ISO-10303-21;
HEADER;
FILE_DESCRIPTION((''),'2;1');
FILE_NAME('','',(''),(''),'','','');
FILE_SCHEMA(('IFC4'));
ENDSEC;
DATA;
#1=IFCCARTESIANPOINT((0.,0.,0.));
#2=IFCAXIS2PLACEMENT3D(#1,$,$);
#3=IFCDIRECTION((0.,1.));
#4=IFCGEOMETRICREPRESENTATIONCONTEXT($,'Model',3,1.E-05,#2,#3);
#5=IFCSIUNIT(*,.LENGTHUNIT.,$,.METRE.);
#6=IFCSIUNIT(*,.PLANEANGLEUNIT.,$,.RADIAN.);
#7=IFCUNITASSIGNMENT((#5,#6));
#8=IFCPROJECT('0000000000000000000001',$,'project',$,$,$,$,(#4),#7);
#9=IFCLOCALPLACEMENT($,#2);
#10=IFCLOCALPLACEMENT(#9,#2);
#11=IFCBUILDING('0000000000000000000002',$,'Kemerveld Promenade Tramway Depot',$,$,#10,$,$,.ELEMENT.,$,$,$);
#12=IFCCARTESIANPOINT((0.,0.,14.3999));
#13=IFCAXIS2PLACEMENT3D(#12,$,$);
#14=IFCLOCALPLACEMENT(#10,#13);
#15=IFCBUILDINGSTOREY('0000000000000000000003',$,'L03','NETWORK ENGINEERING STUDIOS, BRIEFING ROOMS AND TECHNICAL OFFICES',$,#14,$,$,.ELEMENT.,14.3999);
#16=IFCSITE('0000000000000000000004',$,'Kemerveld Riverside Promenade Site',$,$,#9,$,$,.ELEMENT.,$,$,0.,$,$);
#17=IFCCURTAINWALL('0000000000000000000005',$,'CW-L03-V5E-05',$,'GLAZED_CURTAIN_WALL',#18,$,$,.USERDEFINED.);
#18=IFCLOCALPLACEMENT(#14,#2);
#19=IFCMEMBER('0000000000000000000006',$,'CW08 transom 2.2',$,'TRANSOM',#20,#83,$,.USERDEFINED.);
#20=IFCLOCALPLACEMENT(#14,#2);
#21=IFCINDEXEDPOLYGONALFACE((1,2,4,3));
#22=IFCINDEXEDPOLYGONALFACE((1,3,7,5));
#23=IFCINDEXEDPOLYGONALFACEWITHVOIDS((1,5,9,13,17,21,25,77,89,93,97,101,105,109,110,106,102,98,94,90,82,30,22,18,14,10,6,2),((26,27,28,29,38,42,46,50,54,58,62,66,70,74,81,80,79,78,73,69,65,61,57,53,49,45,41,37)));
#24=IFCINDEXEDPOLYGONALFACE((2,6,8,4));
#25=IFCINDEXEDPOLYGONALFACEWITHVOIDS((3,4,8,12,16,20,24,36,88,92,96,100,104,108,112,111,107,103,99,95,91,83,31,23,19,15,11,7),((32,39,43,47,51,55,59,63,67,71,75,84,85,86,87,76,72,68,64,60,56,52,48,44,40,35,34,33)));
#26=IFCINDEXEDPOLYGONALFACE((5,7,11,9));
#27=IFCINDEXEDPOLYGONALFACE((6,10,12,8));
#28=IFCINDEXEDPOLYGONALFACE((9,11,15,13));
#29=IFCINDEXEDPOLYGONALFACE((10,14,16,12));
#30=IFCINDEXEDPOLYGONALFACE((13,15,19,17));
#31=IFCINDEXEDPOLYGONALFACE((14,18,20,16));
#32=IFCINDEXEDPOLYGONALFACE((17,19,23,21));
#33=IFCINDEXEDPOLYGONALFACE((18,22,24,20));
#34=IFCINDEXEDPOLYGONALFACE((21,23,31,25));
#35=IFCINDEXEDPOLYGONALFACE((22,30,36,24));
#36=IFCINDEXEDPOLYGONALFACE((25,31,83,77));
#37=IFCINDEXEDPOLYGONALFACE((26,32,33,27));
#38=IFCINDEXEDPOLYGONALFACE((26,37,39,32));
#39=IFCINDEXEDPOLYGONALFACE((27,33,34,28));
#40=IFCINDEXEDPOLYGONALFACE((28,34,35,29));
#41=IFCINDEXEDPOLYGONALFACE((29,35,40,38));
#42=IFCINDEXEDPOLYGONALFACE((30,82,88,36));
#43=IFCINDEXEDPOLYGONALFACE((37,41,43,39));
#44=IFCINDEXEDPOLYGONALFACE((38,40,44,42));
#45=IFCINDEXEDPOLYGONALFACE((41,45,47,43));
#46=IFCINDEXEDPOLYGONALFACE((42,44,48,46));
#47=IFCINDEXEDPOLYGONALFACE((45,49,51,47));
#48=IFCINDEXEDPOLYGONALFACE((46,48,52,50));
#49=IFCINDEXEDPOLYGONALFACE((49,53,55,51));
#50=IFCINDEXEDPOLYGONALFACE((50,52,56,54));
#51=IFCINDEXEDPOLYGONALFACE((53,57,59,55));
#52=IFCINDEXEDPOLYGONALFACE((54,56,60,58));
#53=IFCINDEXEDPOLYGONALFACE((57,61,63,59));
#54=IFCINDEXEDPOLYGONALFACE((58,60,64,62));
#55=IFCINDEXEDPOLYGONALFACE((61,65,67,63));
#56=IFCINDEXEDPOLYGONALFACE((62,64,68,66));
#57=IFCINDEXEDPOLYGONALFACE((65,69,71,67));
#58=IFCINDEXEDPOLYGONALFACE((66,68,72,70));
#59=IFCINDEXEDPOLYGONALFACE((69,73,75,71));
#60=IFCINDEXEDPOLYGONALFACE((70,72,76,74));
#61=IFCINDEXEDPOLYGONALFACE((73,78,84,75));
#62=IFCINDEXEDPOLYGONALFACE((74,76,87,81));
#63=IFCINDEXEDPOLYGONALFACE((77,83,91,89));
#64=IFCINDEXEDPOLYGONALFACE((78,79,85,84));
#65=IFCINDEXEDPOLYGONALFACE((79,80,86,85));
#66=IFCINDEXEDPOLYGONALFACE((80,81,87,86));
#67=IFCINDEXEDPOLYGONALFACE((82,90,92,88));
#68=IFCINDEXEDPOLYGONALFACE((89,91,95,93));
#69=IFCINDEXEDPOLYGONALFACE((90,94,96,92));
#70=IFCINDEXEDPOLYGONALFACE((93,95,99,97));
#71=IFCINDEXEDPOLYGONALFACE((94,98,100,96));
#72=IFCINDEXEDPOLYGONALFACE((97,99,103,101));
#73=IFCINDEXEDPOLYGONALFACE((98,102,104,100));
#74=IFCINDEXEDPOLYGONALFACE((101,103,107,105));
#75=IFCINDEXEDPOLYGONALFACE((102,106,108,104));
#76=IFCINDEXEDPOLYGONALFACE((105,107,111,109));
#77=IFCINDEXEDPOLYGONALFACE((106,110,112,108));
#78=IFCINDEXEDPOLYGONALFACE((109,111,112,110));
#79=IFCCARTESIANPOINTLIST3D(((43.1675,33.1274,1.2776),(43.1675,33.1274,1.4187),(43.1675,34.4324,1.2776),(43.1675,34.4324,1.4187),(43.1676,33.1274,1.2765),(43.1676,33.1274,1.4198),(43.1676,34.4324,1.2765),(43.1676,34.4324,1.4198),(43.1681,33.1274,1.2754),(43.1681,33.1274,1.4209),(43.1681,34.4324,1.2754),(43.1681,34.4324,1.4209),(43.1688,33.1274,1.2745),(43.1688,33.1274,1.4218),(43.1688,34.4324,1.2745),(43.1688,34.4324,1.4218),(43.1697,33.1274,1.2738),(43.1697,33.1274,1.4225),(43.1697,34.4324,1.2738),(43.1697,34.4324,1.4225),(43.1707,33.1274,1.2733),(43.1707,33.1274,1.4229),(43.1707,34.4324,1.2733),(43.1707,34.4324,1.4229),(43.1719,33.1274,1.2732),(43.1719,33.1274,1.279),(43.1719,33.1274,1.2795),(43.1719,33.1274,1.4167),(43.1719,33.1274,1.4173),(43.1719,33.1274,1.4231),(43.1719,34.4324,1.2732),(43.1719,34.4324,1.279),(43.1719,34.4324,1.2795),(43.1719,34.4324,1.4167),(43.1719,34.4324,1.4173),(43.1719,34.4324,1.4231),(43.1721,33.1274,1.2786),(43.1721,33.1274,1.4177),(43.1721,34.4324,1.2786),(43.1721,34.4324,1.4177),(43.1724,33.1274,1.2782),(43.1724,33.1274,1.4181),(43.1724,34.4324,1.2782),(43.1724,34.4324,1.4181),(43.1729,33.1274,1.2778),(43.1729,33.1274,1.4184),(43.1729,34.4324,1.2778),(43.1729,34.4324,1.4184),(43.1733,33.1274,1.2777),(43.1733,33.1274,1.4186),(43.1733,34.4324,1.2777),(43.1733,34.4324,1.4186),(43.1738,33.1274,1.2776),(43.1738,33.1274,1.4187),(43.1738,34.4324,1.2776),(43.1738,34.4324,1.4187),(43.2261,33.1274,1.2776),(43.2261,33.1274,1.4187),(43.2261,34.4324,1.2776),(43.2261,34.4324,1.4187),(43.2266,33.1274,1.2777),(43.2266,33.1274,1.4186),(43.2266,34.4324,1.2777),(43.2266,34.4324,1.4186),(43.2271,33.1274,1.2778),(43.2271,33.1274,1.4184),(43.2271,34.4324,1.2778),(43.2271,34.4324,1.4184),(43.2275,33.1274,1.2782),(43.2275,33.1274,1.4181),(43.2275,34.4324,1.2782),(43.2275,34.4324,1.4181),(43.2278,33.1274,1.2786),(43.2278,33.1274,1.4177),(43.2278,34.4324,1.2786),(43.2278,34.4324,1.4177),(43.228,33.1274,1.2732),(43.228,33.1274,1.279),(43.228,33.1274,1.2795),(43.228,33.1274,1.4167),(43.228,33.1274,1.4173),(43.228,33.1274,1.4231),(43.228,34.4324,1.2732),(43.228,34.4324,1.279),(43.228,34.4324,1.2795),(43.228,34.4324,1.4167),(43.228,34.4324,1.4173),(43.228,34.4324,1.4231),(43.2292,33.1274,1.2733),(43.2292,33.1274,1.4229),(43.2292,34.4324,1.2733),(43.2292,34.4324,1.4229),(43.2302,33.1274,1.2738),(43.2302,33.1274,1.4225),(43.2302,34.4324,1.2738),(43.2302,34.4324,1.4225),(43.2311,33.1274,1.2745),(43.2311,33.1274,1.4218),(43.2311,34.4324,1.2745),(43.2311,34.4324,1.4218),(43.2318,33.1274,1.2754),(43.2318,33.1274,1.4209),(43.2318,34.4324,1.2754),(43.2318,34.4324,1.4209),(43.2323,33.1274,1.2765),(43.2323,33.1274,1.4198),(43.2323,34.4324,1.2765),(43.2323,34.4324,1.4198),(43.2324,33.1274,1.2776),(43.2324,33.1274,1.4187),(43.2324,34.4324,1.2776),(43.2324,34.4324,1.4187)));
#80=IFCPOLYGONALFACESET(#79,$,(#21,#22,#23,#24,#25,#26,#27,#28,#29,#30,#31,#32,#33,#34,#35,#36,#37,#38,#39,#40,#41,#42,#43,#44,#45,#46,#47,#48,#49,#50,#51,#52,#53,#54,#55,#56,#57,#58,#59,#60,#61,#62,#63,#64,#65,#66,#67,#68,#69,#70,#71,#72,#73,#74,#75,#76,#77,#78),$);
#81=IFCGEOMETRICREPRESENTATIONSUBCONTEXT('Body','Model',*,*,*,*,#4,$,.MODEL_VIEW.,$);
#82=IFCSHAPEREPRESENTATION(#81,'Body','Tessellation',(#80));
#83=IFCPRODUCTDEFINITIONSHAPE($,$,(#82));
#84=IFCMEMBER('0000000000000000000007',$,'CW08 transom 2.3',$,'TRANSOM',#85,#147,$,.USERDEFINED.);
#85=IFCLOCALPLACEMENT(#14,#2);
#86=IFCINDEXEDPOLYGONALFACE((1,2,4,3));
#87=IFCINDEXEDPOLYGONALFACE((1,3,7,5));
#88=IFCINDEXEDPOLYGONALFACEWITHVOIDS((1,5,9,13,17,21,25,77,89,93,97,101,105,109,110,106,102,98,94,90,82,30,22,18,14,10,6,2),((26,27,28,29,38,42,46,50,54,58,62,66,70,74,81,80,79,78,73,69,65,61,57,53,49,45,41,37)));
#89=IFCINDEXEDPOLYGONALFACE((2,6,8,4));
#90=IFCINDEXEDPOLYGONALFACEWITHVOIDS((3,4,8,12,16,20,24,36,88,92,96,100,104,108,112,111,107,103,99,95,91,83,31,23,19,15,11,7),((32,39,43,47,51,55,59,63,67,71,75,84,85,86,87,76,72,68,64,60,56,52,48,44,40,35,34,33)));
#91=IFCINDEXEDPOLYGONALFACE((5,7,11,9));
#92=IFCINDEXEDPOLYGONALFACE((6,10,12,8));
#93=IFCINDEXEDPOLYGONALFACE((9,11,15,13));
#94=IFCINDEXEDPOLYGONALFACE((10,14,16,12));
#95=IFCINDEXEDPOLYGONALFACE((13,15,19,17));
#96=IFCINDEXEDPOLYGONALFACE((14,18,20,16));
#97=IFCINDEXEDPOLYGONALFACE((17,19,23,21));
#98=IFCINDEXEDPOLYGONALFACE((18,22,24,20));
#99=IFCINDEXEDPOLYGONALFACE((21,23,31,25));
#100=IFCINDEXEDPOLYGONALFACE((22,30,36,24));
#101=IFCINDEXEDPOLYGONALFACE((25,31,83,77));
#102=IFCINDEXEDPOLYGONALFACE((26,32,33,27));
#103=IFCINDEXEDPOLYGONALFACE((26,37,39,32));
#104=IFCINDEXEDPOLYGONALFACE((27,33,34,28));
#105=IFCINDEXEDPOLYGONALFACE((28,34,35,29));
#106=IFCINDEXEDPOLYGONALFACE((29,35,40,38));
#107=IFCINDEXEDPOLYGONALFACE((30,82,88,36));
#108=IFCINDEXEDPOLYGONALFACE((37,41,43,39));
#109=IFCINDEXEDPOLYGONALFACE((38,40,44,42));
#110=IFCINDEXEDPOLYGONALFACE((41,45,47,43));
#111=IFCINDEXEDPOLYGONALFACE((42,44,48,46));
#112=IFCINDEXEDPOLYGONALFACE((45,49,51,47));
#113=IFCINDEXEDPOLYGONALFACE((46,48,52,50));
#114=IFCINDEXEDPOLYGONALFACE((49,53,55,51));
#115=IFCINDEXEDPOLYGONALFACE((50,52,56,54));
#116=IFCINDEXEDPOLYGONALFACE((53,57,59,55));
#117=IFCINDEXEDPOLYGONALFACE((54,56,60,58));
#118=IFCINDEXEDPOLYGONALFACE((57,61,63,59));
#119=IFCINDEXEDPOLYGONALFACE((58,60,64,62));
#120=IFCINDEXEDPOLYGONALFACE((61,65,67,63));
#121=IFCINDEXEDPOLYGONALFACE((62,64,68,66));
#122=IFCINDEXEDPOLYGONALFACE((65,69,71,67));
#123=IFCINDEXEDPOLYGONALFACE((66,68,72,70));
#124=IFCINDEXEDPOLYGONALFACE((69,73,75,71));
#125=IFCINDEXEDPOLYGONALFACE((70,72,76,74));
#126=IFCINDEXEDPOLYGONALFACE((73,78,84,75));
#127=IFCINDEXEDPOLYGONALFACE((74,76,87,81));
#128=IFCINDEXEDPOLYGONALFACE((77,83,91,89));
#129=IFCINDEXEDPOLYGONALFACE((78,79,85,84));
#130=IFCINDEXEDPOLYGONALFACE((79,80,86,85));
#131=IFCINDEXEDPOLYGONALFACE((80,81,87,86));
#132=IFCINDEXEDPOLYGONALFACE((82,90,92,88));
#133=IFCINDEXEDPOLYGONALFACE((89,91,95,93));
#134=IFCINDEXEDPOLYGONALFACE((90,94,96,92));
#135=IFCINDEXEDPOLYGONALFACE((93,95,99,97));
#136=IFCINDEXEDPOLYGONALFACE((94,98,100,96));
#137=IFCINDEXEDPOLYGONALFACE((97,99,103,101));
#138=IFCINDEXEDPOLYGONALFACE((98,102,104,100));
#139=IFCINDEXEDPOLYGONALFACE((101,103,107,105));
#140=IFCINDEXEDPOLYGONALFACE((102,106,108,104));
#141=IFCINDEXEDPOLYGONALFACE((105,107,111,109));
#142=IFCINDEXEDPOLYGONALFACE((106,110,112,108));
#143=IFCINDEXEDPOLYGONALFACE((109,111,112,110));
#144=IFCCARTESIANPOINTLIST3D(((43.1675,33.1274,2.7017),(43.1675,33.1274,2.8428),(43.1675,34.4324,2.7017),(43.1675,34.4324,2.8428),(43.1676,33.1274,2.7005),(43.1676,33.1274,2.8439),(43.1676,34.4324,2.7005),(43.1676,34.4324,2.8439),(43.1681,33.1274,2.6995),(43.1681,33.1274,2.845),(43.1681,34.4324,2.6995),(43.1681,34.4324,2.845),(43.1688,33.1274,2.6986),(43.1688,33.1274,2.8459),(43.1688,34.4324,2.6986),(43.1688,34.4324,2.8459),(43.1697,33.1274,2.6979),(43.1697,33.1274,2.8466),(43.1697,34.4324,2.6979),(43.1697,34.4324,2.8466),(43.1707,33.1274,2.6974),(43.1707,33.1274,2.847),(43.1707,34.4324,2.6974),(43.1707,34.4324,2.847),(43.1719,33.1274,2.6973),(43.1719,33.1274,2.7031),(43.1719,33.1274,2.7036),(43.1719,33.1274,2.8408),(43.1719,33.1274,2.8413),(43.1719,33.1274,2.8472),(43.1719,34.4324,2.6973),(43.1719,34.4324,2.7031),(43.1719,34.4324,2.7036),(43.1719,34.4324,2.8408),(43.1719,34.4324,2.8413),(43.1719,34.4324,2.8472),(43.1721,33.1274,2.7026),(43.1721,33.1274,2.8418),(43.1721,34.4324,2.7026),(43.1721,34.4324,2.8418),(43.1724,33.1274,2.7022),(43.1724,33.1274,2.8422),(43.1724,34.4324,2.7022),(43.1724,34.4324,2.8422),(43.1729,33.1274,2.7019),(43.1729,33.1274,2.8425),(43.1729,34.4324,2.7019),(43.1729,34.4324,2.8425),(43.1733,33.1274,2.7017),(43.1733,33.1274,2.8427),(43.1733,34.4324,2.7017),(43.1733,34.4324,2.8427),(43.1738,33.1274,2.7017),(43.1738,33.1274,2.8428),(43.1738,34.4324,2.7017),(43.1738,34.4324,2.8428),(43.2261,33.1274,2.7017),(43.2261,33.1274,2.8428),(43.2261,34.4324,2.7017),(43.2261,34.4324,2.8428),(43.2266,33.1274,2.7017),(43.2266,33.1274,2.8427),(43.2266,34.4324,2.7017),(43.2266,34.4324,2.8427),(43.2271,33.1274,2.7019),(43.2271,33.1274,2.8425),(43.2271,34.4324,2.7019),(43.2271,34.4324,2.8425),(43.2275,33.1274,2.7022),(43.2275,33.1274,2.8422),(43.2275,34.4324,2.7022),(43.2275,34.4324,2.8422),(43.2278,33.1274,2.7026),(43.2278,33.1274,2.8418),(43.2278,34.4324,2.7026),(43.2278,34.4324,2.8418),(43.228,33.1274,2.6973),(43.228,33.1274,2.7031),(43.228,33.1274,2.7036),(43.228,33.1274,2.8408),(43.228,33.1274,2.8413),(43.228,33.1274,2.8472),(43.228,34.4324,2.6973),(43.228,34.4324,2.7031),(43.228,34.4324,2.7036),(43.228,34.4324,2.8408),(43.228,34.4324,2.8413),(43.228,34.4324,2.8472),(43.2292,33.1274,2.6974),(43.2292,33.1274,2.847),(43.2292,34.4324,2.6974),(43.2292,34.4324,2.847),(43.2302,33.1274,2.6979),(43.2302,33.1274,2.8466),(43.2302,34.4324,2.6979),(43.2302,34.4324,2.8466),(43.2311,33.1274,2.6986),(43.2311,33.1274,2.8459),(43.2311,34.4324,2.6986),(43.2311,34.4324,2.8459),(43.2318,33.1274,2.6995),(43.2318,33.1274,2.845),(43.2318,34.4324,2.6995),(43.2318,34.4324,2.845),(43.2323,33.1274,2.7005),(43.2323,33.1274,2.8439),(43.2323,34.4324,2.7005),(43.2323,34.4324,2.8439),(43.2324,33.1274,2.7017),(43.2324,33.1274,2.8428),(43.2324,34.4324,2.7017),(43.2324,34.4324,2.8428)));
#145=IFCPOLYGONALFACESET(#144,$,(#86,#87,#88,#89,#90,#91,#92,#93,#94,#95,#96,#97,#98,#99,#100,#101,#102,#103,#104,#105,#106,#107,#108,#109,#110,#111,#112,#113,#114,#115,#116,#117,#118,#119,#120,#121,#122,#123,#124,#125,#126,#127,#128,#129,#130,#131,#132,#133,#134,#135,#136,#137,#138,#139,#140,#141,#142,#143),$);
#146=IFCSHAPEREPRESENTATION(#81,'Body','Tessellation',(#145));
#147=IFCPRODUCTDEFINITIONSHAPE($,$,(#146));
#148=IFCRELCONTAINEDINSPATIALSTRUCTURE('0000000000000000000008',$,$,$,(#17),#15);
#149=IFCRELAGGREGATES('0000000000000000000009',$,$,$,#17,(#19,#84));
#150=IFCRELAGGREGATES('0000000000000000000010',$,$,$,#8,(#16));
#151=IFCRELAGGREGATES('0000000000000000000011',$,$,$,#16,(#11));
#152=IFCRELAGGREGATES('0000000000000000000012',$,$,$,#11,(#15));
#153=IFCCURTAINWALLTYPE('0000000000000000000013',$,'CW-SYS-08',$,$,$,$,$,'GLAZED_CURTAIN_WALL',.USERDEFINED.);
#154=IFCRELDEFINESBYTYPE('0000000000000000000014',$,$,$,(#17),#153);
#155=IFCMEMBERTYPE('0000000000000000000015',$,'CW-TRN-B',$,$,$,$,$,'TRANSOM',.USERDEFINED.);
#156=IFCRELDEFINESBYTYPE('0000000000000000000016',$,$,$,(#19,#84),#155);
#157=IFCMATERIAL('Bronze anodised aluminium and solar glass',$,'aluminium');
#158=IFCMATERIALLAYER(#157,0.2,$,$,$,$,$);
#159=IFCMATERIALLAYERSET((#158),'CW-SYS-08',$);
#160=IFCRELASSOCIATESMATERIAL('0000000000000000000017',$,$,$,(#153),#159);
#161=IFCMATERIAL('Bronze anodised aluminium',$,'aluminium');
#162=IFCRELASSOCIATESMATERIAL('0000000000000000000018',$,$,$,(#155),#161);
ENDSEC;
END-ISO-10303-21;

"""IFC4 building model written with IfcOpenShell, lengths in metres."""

from ifc_helpers import new_model, si_unit, direction, frame, origin, origin_2d, place, context, subcontext, project, spatial, hollow_rectangle, extrude, material, layer, layer_set, material_profile, profile_set, type_object, element, aggregate, save


model = new_model("IFC4")

# Units and contexts
model_context = context("Model", 3, precision=1e-05, world=origin(), true_north=direction((0.0, 1.0)))
body_context = subcontext(model_context, "Body", "Model", "MODEL_VIEW")
ifc_project = project(units=[si_unit("LENGTHUNIT", "METRE"), si_unit("PLANEANGLEUNIT", "RADIAN")], contexts=[model_context])

# Site, building, storey
site_placement = place(None, origin())
site = spatial("IfcSite", under=ifc_project, at=site_placement, Name="Kemerveld Riverside Promenade Site", CompositionType="ELEMENT", RefElevation=0.0)
building_placement = place(site_placement, origin())
building = spatial("IfcBuilding", under=site, at=building_placement, Name="Kemerveld Promenade Tramway Depot", CompositionType="ELEMENT")
storey_placement = place(building_placement, frame((0.0, 0.0, 14.3999)))
storey = spatial("IfcBuildingStorey", under=building, at=storey_placement, Name="L03", Description="NETWORK ENGINEERING STUDIOS, BRIEFING ROOMS AND TECHNICAL OFFICES", CompositionType="ELEMENT", Elevation=14.3999)

# Shared definitions
ifc_material_1 = material(Name="Bronze anodised aluminium and solar glass", Category="aluminium")
ifc_material_2 = material(Name="Bronze anodised aluminium", Category="aluminium")

# Curtain wall
ifc_layer_1 = layer(ifc_material_1, 0.2)
ifc_layer_set_1 = layer_set([ifc_layer_1], Name="CW-SYS-08")
curtain_wall_type_1 = type_object("IfcCurtainWallType", Name="CW-SYS-08", ElementType="GLAZED_CURTAIN_WALL", PredefinedType="USERDEFINED", material=ifc_layer_set_1)
curtain_wall_1_placement = place(storey_placement, origin())
curtain_wall_1 = element("IfcCurtainWall", 1, at=curtain_wall_1_placement, inside=storey, type_object=curtain_wall_type_1, Name="CW-L03-V5E-05", ObjectType="GLAZED_CURTAIN_WALL", PredefinedType="USERDEFINED")

# Members
ifc_material_profile_1 = material_profile(ifc_material_2, hollow_rectangle(XDim=0.0649, YDim=0.1499, WallThickness=0.0044, InnerFilletRadius=0.002, OuterFilletRadius=0.0044, at=origin_2d()), Name="CW-TRN-150x65")
ifc_profile_set_1 = profile_set([ifc_material_profile_1], Name="Bronze anodised aluminium")
member_type_1 = type_object("IfcMemberType", Name="CW-TRN-B", ElementType="TRANSOM", PredefinedType="USERDEFINED", material=ifc_profile_set_1)
member_1_placement = place(storey_placement, frame((43.2, 34.4324, 1.3481), z_axis=(0.0, -1.0, 0.0), x_axis=(1.0, 0.0, 0.0)))
member_1 = element("IfcMember", 2, at=member_1_placement, type_object=member_type_1, Name="CW08 transom 2.2", ObjectType="TRANSOM", PredefinedType="USERDEFINED", context=body_context, shape_type="SweptSolid", body=[
    extrude(hollow_rectangle(XDim=0.0649, YDim=0.1499, WallThickness=0.0044, InnerFilletRadius=0.002, OuterFilletRadius=0.0044, at=origin_2d()), origin(), (0.0, 0.0, 1.0), 1.3049),
])
member_2_placement = place(storey_placement, frame((43.2, 34.4324, 2.7722), z_axis=(0.0, -1.0, 0.0), x_axis=(1.0, 0.0, 0.0)))
member_2 = element("IfcMember", 3, at=member_2_placement, type_object=member_type_1, Name="CW08 transom 2.3", ObjectType="TRANSOM", PredefinedType="USERDEFINED", context=body_context, shape_type="SweptSolid", body=[
    extrude(hollow_rectangle(XDim=0.0649, YDim=0.1499, WallThickness=0.0044, InnerFilletRadius=0.002, OuterFilletRadius=0.0044, at=origin_2d()), origin(), (0.0, 0.0, 1.0), 1.3049),
])

aggregate(curtain_wall_1, [member_1, member_2])

save(model, "model.ifc")
